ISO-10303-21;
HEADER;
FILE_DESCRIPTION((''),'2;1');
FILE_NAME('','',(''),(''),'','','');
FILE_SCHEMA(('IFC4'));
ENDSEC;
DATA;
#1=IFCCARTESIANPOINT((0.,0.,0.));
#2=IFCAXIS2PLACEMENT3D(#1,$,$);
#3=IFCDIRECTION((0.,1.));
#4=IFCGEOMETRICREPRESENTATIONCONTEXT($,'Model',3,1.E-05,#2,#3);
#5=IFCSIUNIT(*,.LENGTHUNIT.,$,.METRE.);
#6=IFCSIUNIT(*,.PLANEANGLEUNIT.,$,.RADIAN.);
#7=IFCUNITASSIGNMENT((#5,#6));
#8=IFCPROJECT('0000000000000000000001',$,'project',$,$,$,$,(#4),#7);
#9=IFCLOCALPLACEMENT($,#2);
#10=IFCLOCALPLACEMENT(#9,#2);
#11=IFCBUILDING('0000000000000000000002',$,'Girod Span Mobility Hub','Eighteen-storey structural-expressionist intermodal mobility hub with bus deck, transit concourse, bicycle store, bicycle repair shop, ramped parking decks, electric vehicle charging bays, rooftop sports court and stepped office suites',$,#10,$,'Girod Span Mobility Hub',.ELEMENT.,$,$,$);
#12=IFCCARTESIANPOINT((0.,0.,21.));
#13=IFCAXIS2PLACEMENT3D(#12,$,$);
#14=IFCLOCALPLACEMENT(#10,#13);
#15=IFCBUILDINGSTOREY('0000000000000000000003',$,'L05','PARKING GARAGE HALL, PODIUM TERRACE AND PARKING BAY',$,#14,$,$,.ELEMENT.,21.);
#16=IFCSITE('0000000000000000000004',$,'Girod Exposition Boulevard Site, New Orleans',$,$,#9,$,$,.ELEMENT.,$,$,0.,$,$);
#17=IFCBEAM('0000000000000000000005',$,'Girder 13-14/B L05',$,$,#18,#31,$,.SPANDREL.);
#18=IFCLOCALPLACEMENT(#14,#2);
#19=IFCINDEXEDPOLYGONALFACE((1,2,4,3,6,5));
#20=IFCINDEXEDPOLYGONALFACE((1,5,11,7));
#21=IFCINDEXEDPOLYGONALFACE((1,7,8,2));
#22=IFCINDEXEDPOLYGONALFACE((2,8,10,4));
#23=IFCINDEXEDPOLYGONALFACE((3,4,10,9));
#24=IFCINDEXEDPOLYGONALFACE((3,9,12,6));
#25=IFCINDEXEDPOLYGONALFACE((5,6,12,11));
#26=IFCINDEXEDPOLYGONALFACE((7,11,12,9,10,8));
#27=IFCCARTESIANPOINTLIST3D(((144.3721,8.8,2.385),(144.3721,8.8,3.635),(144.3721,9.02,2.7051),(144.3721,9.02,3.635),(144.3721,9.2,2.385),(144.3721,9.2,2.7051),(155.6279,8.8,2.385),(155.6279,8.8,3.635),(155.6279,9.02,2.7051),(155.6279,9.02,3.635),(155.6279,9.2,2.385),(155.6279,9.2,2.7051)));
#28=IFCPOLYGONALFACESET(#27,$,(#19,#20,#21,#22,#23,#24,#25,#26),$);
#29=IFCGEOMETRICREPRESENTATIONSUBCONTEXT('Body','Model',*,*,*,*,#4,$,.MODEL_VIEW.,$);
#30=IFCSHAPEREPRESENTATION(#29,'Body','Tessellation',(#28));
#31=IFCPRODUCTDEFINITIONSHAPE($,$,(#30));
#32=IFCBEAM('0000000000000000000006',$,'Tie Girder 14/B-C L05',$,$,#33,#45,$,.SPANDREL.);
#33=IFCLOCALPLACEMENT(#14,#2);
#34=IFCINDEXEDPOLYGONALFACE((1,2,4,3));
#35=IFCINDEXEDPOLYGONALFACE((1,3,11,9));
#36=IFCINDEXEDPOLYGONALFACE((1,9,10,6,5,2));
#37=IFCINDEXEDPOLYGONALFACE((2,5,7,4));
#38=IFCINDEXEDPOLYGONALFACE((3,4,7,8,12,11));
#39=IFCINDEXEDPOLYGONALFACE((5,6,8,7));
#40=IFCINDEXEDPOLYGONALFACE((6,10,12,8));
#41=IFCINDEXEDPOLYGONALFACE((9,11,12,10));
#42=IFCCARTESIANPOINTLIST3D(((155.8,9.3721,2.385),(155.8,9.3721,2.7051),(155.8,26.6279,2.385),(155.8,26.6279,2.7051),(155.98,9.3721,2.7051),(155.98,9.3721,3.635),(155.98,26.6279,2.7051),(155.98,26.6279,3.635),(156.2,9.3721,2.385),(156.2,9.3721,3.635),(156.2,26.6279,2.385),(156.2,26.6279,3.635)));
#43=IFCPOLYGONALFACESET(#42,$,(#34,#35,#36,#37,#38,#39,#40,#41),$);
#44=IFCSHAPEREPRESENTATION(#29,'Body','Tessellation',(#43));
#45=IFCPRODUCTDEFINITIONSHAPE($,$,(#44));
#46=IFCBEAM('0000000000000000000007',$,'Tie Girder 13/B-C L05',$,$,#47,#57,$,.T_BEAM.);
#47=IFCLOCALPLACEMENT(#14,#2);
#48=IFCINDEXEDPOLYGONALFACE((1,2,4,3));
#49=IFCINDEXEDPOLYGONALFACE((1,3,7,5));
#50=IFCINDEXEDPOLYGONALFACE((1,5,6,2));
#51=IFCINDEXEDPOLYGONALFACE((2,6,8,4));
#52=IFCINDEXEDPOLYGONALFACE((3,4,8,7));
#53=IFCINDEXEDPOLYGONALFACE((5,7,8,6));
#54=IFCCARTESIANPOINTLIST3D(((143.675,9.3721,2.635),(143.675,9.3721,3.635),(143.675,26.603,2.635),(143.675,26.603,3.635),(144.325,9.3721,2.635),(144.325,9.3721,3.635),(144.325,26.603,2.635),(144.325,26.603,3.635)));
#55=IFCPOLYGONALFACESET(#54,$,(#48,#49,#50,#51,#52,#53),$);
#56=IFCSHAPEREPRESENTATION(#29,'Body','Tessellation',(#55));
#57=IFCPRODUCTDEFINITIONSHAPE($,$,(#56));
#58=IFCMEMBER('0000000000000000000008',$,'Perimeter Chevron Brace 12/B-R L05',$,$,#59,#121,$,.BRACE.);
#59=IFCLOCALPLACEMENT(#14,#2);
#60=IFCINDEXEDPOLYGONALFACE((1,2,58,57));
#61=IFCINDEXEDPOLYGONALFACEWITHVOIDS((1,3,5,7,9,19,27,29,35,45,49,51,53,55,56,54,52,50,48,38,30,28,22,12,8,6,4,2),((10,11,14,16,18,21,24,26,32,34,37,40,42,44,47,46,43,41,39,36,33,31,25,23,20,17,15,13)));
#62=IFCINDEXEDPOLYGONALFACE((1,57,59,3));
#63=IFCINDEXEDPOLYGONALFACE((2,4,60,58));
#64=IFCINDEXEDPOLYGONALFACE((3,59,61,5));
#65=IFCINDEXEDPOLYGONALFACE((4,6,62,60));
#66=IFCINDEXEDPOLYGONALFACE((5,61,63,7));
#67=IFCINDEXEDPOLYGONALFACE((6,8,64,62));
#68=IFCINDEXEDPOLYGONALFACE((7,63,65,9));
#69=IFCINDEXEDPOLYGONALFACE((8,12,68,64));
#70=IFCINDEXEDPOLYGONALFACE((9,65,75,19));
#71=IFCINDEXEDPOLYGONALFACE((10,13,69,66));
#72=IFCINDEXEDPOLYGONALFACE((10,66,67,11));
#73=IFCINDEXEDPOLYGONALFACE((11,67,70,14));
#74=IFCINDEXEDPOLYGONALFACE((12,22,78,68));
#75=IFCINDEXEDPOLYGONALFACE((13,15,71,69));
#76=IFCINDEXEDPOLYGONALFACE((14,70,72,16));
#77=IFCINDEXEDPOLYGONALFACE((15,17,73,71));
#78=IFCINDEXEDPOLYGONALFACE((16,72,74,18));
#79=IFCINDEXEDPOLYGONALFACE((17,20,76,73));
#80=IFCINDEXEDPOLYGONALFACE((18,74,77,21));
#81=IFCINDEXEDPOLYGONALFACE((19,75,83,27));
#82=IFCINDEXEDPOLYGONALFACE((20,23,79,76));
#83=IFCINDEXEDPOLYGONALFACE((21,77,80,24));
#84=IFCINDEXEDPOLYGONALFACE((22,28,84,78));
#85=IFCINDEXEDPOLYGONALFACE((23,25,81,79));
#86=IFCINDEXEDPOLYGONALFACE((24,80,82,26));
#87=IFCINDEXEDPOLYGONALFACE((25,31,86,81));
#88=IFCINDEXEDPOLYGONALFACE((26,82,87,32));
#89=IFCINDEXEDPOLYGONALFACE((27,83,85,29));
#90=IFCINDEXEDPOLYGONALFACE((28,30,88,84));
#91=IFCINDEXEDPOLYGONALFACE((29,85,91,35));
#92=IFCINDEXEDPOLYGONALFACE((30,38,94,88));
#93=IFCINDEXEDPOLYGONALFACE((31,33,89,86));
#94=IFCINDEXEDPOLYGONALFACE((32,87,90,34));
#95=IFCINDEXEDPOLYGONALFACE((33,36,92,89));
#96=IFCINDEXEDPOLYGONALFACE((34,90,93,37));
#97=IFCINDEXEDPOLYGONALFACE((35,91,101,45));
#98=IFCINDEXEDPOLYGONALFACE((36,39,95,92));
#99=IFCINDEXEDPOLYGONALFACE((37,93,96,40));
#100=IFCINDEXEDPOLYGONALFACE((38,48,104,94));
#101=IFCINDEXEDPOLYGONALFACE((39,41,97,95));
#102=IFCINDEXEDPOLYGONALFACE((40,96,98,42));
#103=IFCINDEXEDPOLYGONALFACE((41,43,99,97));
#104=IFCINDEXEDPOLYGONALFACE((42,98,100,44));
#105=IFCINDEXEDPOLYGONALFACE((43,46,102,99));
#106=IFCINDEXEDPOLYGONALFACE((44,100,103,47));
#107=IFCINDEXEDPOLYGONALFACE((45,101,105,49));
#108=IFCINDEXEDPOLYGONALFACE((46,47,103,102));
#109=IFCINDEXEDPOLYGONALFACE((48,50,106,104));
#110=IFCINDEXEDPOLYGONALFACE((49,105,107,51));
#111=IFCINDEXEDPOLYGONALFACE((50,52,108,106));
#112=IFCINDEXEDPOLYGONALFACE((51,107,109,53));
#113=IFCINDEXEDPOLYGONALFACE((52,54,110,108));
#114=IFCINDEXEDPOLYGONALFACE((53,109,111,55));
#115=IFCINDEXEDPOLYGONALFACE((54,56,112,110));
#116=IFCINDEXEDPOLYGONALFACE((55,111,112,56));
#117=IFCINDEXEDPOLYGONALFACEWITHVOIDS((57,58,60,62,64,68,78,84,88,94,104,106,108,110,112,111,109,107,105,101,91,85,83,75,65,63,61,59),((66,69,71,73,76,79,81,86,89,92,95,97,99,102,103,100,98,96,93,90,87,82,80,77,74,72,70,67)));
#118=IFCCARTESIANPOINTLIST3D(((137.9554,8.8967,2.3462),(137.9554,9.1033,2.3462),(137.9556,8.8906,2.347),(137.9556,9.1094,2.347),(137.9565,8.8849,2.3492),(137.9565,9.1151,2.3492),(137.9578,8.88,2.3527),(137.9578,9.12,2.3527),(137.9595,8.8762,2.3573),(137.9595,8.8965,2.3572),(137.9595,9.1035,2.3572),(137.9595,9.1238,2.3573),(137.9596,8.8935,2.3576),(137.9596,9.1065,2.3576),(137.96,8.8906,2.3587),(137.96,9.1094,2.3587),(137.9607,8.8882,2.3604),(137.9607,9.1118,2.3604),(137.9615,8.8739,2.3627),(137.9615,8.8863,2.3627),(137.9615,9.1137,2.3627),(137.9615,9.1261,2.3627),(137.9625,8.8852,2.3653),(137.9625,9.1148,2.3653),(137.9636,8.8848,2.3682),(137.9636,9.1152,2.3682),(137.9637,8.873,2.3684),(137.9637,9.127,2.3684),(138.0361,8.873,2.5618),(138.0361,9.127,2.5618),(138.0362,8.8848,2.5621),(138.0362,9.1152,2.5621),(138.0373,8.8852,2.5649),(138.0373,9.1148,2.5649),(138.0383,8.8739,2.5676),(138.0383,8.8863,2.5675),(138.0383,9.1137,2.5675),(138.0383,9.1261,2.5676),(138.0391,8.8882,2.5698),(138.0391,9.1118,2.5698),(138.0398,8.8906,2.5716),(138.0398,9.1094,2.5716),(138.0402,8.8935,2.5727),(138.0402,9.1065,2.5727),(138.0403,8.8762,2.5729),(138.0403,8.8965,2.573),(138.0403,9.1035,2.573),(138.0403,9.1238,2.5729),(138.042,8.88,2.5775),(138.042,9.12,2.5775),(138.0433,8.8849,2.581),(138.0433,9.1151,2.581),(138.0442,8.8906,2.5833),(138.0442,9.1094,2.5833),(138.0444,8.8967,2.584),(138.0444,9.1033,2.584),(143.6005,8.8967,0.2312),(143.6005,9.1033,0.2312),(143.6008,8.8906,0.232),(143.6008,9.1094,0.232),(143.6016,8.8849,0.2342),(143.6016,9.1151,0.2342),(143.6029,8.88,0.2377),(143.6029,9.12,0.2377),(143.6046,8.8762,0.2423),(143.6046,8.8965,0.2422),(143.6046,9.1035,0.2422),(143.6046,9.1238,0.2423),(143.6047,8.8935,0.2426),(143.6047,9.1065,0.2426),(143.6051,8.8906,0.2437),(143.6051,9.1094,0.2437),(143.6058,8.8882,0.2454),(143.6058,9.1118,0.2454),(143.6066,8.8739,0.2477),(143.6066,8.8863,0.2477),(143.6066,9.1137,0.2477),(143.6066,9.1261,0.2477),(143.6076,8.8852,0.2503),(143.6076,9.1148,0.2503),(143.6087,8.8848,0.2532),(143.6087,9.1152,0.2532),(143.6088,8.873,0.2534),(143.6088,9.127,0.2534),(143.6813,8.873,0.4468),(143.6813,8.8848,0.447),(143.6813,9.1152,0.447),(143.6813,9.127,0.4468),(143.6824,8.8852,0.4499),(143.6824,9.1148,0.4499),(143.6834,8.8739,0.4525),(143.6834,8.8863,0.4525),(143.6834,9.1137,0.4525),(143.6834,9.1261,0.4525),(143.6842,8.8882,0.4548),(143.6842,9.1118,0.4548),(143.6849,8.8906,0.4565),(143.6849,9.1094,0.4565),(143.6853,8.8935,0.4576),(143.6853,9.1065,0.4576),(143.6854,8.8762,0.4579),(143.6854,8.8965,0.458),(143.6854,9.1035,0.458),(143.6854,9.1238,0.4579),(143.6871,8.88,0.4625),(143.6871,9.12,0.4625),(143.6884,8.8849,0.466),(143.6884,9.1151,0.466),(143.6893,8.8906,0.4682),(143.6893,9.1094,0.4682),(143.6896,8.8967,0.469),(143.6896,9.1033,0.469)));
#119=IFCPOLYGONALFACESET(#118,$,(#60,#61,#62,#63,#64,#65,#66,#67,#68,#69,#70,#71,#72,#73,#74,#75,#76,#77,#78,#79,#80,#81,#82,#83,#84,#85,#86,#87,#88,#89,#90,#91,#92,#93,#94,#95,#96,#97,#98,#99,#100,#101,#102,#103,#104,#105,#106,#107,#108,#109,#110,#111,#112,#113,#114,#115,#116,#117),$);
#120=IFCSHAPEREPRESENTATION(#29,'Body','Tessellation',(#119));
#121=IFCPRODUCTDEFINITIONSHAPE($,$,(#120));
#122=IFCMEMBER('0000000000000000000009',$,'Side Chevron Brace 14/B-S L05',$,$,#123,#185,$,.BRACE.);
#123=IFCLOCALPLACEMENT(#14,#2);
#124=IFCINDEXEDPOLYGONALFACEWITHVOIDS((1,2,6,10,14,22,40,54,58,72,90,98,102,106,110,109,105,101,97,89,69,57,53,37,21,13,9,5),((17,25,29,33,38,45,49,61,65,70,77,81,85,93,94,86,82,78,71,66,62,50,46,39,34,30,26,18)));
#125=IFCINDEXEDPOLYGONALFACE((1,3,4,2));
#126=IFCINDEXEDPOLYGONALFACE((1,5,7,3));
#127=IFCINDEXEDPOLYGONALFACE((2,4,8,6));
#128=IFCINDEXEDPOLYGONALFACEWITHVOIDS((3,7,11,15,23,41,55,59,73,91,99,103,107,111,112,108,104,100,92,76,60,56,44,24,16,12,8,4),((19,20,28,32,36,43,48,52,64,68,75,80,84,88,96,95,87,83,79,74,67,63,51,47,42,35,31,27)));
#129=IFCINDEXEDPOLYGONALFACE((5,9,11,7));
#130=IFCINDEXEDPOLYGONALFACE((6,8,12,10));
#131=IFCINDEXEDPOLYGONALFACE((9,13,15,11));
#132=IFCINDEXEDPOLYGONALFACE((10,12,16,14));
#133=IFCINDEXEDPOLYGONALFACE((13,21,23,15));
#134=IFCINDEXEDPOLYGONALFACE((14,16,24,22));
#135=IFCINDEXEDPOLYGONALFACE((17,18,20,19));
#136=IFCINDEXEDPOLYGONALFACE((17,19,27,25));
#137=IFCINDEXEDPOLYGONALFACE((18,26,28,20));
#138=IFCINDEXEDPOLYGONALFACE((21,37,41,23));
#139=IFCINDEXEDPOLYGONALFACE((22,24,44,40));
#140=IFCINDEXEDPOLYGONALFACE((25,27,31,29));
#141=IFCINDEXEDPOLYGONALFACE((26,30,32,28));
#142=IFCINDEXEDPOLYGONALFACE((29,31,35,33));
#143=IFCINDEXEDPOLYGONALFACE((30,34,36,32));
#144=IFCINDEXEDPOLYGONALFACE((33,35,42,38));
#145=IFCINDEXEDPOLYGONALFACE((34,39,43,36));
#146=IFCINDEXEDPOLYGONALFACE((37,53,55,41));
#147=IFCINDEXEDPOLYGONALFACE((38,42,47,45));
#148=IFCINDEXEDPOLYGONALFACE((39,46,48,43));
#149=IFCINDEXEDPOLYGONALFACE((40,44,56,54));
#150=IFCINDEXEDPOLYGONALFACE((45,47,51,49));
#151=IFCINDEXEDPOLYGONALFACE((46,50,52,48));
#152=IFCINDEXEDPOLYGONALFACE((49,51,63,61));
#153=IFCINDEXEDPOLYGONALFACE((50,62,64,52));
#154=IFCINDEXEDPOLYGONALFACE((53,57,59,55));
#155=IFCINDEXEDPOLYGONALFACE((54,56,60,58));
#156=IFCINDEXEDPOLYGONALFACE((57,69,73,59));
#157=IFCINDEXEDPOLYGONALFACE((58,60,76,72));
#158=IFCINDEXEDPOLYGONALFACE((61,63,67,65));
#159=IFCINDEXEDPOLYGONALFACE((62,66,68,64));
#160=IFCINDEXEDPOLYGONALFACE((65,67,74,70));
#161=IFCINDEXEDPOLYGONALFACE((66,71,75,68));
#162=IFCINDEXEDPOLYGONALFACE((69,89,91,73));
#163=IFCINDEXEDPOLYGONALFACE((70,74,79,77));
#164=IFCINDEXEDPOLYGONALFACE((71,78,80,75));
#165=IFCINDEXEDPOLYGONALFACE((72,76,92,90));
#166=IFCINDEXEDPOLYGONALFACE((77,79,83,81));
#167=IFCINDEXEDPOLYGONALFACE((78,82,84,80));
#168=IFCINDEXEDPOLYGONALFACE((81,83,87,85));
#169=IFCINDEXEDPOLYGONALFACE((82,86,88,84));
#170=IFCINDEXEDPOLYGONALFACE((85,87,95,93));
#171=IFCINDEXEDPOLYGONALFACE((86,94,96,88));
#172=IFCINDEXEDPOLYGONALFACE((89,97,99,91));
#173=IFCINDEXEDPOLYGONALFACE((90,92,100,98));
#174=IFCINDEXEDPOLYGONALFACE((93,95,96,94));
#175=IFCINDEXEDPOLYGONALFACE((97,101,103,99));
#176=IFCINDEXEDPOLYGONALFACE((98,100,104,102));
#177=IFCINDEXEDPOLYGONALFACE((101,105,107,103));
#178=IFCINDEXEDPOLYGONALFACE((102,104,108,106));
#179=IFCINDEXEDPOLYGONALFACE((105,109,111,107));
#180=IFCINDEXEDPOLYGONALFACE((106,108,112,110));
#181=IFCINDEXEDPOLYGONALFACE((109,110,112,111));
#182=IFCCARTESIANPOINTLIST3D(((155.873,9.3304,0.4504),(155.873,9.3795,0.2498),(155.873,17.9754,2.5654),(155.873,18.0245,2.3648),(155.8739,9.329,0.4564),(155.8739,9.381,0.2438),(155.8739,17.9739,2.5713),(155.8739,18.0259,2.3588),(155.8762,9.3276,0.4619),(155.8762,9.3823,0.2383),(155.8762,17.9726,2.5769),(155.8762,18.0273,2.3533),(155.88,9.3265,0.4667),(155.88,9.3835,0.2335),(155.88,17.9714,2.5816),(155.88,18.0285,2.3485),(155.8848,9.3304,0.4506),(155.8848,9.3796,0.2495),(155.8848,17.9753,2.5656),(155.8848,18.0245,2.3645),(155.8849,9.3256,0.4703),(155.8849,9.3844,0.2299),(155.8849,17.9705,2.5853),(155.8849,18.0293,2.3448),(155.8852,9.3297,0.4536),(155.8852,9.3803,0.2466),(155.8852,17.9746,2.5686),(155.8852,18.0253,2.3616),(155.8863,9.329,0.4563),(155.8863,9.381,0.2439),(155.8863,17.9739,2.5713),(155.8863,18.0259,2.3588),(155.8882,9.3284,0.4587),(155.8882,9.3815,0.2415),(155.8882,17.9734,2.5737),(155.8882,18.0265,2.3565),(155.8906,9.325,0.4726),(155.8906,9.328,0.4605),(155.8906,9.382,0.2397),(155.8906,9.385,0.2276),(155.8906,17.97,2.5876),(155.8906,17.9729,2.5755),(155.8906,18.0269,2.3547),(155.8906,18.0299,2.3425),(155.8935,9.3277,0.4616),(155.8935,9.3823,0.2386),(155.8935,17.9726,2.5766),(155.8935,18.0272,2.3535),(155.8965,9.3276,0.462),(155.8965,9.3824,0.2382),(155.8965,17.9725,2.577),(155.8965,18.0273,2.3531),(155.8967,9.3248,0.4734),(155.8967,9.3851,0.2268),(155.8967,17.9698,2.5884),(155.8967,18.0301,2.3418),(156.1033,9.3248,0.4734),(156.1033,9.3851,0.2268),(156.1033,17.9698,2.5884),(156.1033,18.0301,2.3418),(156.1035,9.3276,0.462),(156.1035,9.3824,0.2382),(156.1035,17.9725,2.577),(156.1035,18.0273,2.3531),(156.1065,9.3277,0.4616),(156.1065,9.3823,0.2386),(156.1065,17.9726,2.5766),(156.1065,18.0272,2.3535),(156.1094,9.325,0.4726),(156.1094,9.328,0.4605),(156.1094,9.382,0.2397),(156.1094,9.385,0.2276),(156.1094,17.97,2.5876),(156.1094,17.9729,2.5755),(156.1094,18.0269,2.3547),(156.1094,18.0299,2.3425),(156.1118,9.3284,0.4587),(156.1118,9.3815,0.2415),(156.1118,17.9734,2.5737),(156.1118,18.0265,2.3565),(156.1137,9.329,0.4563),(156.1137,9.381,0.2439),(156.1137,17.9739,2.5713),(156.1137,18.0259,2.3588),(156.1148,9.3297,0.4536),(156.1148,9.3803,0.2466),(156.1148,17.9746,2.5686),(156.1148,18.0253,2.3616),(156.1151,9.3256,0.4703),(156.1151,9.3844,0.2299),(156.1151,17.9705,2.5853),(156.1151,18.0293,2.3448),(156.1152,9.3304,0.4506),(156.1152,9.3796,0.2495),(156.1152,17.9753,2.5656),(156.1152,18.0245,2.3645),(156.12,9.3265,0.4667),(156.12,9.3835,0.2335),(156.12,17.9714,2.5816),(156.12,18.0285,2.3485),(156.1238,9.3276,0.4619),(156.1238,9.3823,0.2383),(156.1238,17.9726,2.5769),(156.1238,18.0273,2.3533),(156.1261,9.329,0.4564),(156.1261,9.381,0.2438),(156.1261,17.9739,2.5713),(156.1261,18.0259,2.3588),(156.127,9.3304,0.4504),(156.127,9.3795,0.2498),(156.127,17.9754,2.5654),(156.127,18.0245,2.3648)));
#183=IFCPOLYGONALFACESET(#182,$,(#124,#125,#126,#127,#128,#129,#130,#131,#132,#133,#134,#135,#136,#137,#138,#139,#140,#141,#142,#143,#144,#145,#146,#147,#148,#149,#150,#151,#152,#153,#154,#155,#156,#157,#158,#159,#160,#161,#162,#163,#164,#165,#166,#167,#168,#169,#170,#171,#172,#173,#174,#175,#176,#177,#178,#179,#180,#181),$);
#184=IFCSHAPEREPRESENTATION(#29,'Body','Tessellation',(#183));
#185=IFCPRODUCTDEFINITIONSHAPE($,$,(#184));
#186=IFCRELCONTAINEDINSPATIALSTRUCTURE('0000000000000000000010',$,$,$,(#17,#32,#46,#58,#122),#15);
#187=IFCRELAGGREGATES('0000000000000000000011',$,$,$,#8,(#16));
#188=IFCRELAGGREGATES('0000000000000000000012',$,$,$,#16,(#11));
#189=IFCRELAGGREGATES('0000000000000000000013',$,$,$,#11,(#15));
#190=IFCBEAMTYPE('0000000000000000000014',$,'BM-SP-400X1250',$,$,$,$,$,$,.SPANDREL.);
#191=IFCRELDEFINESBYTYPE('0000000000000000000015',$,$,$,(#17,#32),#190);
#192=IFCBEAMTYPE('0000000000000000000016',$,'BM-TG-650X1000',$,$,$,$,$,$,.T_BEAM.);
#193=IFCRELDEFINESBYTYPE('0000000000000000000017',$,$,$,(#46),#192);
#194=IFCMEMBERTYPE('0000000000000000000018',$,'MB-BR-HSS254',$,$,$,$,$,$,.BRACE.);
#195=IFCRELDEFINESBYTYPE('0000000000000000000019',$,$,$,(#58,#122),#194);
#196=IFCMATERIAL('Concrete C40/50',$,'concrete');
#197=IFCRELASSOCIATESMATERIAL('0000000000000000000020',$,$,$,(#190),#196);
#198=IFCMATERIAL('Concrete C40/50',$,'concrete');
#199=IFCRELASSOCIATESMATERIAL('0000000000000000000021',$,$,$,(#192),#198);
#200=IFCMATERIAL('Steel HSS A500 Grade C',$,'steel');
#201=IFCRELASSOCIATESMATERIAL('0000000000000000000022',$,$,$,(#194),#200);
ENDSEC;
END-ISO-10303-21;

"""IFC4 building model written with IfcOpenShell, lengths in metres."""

from ifc_helpers import new_model, si_unit, direction, frame, origin, origin_2d, place, context, subcontext, project, spatial, polyline, rectangle, hollow_rectangle, outline, extrude, material, material_profile, profile_set, type_object, element, save


model = new_model("IFC4")

# Units and contexts
model_context = context("Model", 3, precision=1e-05, world=origin(), true_north=direction((0.0, 1.0)))
body_context = subcontext(model_context, "Body", "Model", "MODEL_VIEW")
ifc_project = project(units=[si_unit("LENGTHUNIT", "METRE"), si_unit("PLANEANGLEUNIT", "RADIAN")], contexts=[model_context])

# Site, building, storey
site_placement = place(None, origin())
site = spatial("IfcSite", under=ifc_project, at=site_placement, Name="Girod Exposition Boulevard Site, New Orleans", CompositionType="ELEMENT", RefElevation=0.0)
building_placement = place(site_placement, origin())
building = spatial("IfcBuilding", under=site, at=building_placement, Name="Girod Span Mobility Hub", Description="Eighteen-storey structural-expressionist intermodal mobility hub with bus deck, transit concourse, bicycle store, bicycle repair shop, ramped parking decks, electric vehicle charging bays, rooftop sports court and stepped office suites", LongName="Girod Span Mobility Hub", CompositionType="ELEMENT")
storey_placement = place(building_placement, frame((0.0, 0.0, 21.0)))
storey = spatial("IfcBuildingStorey", under=building, at=storey_placement, Name="L05", Description="PARKING GARAGE HALL, PODIUM TERRACE AND PARKING BAY", CompositionType="ELEMENT", Elevation=21.0)

# Beams
ifc_material_1 = material(Name="Concrete C40/50", Category="concrete")
ifc_material_profile_1 = material_profile(ifc_material_1, outline(polyline([(-0.2, -0.625), (0.2, -0.625), (0.2, -0.3049), (0.02, -0.3049), (0.02, 0.625), (-0.2, 0.625), (-0.2, -0.625)])), Name="SP-400X1250")
ifc_profile_set_1 = profile_set([ifc_material_profile_1], Name="Concrete C40/50")
beam_type_1 = type_object("IfcBeamType", Name="BM-SP-400X1250", PredefinedType="SPANDREL", material=ifc_profile_set_1)
beam_1_placement = place(storey_placement, frame((144.3721, 9.0, 3.01), z_axis=(1.0, 0.0, 0.0), x_axis=(0.0, 1.0, 0.0)))
element("IfcBeam", 1, at=beam_1_placement, inside=storey, type_object=beam_type_1, Name="Girder 13-14/B L05", PredefinedType="SPANDREL", context=body_context, shape_type="SweptSolid", body=[
    extrude(outline(polyline([(-0.2, -0.625), (0.2, -0.625), (0.2, -0.3049), (0.02, -0.3049), (0.02, 0.625), (-0.2, 0.625), (-0.2, -0.625)])), origin(), (0.0, 0.0, 1.0), 11.2559),
])
beam_2_placement = place(storey_placement, frame((156.0, 9.3721, 3.01), z_axis=(0.0, 1.0, 0.0), x_axis=(-1.0, 0.0, 0.0)))
element("IfcBeam", 2, at=beam_2_placement, inside=storey, type_object=beam_type_1, Name="Tie Girder 14/B-C L05", PredefinedType="SPANDREL", context=body_context, shape_type="SweptSolid", body=[
    extrude(outline(polyline([(-0.2, -0.625), (0.2, -0.625), (0.2, -0.3049), (0.02, -0.3049), (0.02, 0.625), (-0.2, 0.625), (-0.2, -0.625)])), origin(), (0.0, 0.0, 1.0), 17.2559),
])
ifc_material_2 = material(Name="Concrete C40/50", Category="concrete")
ifc_material_profile_2 = material_profile(ifc_material_2, rectangle(XDim=0.6499, YDim=1.0, at=origin_2d()), Name="TG-650X1000")
ifc_profile_set_2 = profile_set([ifc_material_profile_2], Name="Concrete C40/50")
beam_type_2 = type_object("IfcBeamType", Name="BM-TG-650X1000", PredefinedType="T_BEAM", material=ifc_profile_set_2)
beam_3_placement = place(storey_placement, frame((144.0, 9.3721, 3.135), z_axis=(0.0, 1.0, 0.0), x_axis=(-1.0, 0.0, 0.0)))
element("IfcBeam", 3, at=beam_3_placement, inside=storey, type_object=beam_type_2, Name="Tie Girder 13/B-C L05", PredefinedType="T_BEAM", context=body_context, shape_type="SweptSolid", body=[
    extrude(rectangle(XDim=0.6499, YDim=1.0, at=origin_2d()), origin(), (0.0, 0.0, 1.0), 17.231),
])

# Members
ifc_material_3 = material(Name="Steel HSS A500 Grade C", Category="steel")
ifc_material_profile_3 = material_profile(ifc_material_3, hollow_rectangle(XDim=0.2539, YDim=0.2539, WallThickness=0.0117, InnerFilletRadius=0.0117, OuterFilletRadius=0.0237, at=origin_2d()), Name="HSS254X254X12.7")
ifc_profile_set_3 = profile_set([ifc_material_profile_3], Name="Steel HSS A500 Grade C")
member_type = type_object("IfcMemberType", Name="MB-BR-HSS254", PredefinedType="BRACE", material=ifc_profile_set_3)
member_placement = place(storey_placement, frame((143.645, 9.0, 0.3501), z_axis=(-0.936432, 0.0, 0.350848), x_axis=(0.0, -1.0, 0.0)))
element("IfcMember", 4, at=member_placement, inside=storey, type_object=member_type, Name="Perimeter Chevron Brace 12/B-R L05", PredefinedType="BRACE", context=body_context, shape_type="SweptSolid", body=[
    extrude(hollow_rectangle(XDim=0.2539, YDim=0.2539, WallThickness=0.0117, InnerFilletRadius=0.0117, OuterFilletRadius=0.0237, at=origin_2d()), origin(), (0.0, 0.0, 1.0), 6.0283),
])
for number, where, z_axis, x_axis, name in (
    (5, (156.0, 9.355, 0.3501), (0.0, 0.971353, 0.23764), (-1.0, 0.0, 0.0), "Side Chevron Brace 14/B-S L05"),
):
    element("IfcMember", number, at=place(storey_placement, frame(where, z_axis=z_axis, x_axis=x_axis)), inside=storey, type_object=member_type, Name=name, PredefinedType="BRACE", context=body_context, shape_type="SweptSolid", body=[
        extrude(hollow_rectangle(XDim=0.2539, YDim=0.2539, WallThickness=0.0117, InnerFilletRadius=0.0117, OuterFilletRadius=0.0237, at=origin_2d()), origin(), (0.0, 0.0, 1.0), 8.8999),
    ])

save(model, "model.ifc")
